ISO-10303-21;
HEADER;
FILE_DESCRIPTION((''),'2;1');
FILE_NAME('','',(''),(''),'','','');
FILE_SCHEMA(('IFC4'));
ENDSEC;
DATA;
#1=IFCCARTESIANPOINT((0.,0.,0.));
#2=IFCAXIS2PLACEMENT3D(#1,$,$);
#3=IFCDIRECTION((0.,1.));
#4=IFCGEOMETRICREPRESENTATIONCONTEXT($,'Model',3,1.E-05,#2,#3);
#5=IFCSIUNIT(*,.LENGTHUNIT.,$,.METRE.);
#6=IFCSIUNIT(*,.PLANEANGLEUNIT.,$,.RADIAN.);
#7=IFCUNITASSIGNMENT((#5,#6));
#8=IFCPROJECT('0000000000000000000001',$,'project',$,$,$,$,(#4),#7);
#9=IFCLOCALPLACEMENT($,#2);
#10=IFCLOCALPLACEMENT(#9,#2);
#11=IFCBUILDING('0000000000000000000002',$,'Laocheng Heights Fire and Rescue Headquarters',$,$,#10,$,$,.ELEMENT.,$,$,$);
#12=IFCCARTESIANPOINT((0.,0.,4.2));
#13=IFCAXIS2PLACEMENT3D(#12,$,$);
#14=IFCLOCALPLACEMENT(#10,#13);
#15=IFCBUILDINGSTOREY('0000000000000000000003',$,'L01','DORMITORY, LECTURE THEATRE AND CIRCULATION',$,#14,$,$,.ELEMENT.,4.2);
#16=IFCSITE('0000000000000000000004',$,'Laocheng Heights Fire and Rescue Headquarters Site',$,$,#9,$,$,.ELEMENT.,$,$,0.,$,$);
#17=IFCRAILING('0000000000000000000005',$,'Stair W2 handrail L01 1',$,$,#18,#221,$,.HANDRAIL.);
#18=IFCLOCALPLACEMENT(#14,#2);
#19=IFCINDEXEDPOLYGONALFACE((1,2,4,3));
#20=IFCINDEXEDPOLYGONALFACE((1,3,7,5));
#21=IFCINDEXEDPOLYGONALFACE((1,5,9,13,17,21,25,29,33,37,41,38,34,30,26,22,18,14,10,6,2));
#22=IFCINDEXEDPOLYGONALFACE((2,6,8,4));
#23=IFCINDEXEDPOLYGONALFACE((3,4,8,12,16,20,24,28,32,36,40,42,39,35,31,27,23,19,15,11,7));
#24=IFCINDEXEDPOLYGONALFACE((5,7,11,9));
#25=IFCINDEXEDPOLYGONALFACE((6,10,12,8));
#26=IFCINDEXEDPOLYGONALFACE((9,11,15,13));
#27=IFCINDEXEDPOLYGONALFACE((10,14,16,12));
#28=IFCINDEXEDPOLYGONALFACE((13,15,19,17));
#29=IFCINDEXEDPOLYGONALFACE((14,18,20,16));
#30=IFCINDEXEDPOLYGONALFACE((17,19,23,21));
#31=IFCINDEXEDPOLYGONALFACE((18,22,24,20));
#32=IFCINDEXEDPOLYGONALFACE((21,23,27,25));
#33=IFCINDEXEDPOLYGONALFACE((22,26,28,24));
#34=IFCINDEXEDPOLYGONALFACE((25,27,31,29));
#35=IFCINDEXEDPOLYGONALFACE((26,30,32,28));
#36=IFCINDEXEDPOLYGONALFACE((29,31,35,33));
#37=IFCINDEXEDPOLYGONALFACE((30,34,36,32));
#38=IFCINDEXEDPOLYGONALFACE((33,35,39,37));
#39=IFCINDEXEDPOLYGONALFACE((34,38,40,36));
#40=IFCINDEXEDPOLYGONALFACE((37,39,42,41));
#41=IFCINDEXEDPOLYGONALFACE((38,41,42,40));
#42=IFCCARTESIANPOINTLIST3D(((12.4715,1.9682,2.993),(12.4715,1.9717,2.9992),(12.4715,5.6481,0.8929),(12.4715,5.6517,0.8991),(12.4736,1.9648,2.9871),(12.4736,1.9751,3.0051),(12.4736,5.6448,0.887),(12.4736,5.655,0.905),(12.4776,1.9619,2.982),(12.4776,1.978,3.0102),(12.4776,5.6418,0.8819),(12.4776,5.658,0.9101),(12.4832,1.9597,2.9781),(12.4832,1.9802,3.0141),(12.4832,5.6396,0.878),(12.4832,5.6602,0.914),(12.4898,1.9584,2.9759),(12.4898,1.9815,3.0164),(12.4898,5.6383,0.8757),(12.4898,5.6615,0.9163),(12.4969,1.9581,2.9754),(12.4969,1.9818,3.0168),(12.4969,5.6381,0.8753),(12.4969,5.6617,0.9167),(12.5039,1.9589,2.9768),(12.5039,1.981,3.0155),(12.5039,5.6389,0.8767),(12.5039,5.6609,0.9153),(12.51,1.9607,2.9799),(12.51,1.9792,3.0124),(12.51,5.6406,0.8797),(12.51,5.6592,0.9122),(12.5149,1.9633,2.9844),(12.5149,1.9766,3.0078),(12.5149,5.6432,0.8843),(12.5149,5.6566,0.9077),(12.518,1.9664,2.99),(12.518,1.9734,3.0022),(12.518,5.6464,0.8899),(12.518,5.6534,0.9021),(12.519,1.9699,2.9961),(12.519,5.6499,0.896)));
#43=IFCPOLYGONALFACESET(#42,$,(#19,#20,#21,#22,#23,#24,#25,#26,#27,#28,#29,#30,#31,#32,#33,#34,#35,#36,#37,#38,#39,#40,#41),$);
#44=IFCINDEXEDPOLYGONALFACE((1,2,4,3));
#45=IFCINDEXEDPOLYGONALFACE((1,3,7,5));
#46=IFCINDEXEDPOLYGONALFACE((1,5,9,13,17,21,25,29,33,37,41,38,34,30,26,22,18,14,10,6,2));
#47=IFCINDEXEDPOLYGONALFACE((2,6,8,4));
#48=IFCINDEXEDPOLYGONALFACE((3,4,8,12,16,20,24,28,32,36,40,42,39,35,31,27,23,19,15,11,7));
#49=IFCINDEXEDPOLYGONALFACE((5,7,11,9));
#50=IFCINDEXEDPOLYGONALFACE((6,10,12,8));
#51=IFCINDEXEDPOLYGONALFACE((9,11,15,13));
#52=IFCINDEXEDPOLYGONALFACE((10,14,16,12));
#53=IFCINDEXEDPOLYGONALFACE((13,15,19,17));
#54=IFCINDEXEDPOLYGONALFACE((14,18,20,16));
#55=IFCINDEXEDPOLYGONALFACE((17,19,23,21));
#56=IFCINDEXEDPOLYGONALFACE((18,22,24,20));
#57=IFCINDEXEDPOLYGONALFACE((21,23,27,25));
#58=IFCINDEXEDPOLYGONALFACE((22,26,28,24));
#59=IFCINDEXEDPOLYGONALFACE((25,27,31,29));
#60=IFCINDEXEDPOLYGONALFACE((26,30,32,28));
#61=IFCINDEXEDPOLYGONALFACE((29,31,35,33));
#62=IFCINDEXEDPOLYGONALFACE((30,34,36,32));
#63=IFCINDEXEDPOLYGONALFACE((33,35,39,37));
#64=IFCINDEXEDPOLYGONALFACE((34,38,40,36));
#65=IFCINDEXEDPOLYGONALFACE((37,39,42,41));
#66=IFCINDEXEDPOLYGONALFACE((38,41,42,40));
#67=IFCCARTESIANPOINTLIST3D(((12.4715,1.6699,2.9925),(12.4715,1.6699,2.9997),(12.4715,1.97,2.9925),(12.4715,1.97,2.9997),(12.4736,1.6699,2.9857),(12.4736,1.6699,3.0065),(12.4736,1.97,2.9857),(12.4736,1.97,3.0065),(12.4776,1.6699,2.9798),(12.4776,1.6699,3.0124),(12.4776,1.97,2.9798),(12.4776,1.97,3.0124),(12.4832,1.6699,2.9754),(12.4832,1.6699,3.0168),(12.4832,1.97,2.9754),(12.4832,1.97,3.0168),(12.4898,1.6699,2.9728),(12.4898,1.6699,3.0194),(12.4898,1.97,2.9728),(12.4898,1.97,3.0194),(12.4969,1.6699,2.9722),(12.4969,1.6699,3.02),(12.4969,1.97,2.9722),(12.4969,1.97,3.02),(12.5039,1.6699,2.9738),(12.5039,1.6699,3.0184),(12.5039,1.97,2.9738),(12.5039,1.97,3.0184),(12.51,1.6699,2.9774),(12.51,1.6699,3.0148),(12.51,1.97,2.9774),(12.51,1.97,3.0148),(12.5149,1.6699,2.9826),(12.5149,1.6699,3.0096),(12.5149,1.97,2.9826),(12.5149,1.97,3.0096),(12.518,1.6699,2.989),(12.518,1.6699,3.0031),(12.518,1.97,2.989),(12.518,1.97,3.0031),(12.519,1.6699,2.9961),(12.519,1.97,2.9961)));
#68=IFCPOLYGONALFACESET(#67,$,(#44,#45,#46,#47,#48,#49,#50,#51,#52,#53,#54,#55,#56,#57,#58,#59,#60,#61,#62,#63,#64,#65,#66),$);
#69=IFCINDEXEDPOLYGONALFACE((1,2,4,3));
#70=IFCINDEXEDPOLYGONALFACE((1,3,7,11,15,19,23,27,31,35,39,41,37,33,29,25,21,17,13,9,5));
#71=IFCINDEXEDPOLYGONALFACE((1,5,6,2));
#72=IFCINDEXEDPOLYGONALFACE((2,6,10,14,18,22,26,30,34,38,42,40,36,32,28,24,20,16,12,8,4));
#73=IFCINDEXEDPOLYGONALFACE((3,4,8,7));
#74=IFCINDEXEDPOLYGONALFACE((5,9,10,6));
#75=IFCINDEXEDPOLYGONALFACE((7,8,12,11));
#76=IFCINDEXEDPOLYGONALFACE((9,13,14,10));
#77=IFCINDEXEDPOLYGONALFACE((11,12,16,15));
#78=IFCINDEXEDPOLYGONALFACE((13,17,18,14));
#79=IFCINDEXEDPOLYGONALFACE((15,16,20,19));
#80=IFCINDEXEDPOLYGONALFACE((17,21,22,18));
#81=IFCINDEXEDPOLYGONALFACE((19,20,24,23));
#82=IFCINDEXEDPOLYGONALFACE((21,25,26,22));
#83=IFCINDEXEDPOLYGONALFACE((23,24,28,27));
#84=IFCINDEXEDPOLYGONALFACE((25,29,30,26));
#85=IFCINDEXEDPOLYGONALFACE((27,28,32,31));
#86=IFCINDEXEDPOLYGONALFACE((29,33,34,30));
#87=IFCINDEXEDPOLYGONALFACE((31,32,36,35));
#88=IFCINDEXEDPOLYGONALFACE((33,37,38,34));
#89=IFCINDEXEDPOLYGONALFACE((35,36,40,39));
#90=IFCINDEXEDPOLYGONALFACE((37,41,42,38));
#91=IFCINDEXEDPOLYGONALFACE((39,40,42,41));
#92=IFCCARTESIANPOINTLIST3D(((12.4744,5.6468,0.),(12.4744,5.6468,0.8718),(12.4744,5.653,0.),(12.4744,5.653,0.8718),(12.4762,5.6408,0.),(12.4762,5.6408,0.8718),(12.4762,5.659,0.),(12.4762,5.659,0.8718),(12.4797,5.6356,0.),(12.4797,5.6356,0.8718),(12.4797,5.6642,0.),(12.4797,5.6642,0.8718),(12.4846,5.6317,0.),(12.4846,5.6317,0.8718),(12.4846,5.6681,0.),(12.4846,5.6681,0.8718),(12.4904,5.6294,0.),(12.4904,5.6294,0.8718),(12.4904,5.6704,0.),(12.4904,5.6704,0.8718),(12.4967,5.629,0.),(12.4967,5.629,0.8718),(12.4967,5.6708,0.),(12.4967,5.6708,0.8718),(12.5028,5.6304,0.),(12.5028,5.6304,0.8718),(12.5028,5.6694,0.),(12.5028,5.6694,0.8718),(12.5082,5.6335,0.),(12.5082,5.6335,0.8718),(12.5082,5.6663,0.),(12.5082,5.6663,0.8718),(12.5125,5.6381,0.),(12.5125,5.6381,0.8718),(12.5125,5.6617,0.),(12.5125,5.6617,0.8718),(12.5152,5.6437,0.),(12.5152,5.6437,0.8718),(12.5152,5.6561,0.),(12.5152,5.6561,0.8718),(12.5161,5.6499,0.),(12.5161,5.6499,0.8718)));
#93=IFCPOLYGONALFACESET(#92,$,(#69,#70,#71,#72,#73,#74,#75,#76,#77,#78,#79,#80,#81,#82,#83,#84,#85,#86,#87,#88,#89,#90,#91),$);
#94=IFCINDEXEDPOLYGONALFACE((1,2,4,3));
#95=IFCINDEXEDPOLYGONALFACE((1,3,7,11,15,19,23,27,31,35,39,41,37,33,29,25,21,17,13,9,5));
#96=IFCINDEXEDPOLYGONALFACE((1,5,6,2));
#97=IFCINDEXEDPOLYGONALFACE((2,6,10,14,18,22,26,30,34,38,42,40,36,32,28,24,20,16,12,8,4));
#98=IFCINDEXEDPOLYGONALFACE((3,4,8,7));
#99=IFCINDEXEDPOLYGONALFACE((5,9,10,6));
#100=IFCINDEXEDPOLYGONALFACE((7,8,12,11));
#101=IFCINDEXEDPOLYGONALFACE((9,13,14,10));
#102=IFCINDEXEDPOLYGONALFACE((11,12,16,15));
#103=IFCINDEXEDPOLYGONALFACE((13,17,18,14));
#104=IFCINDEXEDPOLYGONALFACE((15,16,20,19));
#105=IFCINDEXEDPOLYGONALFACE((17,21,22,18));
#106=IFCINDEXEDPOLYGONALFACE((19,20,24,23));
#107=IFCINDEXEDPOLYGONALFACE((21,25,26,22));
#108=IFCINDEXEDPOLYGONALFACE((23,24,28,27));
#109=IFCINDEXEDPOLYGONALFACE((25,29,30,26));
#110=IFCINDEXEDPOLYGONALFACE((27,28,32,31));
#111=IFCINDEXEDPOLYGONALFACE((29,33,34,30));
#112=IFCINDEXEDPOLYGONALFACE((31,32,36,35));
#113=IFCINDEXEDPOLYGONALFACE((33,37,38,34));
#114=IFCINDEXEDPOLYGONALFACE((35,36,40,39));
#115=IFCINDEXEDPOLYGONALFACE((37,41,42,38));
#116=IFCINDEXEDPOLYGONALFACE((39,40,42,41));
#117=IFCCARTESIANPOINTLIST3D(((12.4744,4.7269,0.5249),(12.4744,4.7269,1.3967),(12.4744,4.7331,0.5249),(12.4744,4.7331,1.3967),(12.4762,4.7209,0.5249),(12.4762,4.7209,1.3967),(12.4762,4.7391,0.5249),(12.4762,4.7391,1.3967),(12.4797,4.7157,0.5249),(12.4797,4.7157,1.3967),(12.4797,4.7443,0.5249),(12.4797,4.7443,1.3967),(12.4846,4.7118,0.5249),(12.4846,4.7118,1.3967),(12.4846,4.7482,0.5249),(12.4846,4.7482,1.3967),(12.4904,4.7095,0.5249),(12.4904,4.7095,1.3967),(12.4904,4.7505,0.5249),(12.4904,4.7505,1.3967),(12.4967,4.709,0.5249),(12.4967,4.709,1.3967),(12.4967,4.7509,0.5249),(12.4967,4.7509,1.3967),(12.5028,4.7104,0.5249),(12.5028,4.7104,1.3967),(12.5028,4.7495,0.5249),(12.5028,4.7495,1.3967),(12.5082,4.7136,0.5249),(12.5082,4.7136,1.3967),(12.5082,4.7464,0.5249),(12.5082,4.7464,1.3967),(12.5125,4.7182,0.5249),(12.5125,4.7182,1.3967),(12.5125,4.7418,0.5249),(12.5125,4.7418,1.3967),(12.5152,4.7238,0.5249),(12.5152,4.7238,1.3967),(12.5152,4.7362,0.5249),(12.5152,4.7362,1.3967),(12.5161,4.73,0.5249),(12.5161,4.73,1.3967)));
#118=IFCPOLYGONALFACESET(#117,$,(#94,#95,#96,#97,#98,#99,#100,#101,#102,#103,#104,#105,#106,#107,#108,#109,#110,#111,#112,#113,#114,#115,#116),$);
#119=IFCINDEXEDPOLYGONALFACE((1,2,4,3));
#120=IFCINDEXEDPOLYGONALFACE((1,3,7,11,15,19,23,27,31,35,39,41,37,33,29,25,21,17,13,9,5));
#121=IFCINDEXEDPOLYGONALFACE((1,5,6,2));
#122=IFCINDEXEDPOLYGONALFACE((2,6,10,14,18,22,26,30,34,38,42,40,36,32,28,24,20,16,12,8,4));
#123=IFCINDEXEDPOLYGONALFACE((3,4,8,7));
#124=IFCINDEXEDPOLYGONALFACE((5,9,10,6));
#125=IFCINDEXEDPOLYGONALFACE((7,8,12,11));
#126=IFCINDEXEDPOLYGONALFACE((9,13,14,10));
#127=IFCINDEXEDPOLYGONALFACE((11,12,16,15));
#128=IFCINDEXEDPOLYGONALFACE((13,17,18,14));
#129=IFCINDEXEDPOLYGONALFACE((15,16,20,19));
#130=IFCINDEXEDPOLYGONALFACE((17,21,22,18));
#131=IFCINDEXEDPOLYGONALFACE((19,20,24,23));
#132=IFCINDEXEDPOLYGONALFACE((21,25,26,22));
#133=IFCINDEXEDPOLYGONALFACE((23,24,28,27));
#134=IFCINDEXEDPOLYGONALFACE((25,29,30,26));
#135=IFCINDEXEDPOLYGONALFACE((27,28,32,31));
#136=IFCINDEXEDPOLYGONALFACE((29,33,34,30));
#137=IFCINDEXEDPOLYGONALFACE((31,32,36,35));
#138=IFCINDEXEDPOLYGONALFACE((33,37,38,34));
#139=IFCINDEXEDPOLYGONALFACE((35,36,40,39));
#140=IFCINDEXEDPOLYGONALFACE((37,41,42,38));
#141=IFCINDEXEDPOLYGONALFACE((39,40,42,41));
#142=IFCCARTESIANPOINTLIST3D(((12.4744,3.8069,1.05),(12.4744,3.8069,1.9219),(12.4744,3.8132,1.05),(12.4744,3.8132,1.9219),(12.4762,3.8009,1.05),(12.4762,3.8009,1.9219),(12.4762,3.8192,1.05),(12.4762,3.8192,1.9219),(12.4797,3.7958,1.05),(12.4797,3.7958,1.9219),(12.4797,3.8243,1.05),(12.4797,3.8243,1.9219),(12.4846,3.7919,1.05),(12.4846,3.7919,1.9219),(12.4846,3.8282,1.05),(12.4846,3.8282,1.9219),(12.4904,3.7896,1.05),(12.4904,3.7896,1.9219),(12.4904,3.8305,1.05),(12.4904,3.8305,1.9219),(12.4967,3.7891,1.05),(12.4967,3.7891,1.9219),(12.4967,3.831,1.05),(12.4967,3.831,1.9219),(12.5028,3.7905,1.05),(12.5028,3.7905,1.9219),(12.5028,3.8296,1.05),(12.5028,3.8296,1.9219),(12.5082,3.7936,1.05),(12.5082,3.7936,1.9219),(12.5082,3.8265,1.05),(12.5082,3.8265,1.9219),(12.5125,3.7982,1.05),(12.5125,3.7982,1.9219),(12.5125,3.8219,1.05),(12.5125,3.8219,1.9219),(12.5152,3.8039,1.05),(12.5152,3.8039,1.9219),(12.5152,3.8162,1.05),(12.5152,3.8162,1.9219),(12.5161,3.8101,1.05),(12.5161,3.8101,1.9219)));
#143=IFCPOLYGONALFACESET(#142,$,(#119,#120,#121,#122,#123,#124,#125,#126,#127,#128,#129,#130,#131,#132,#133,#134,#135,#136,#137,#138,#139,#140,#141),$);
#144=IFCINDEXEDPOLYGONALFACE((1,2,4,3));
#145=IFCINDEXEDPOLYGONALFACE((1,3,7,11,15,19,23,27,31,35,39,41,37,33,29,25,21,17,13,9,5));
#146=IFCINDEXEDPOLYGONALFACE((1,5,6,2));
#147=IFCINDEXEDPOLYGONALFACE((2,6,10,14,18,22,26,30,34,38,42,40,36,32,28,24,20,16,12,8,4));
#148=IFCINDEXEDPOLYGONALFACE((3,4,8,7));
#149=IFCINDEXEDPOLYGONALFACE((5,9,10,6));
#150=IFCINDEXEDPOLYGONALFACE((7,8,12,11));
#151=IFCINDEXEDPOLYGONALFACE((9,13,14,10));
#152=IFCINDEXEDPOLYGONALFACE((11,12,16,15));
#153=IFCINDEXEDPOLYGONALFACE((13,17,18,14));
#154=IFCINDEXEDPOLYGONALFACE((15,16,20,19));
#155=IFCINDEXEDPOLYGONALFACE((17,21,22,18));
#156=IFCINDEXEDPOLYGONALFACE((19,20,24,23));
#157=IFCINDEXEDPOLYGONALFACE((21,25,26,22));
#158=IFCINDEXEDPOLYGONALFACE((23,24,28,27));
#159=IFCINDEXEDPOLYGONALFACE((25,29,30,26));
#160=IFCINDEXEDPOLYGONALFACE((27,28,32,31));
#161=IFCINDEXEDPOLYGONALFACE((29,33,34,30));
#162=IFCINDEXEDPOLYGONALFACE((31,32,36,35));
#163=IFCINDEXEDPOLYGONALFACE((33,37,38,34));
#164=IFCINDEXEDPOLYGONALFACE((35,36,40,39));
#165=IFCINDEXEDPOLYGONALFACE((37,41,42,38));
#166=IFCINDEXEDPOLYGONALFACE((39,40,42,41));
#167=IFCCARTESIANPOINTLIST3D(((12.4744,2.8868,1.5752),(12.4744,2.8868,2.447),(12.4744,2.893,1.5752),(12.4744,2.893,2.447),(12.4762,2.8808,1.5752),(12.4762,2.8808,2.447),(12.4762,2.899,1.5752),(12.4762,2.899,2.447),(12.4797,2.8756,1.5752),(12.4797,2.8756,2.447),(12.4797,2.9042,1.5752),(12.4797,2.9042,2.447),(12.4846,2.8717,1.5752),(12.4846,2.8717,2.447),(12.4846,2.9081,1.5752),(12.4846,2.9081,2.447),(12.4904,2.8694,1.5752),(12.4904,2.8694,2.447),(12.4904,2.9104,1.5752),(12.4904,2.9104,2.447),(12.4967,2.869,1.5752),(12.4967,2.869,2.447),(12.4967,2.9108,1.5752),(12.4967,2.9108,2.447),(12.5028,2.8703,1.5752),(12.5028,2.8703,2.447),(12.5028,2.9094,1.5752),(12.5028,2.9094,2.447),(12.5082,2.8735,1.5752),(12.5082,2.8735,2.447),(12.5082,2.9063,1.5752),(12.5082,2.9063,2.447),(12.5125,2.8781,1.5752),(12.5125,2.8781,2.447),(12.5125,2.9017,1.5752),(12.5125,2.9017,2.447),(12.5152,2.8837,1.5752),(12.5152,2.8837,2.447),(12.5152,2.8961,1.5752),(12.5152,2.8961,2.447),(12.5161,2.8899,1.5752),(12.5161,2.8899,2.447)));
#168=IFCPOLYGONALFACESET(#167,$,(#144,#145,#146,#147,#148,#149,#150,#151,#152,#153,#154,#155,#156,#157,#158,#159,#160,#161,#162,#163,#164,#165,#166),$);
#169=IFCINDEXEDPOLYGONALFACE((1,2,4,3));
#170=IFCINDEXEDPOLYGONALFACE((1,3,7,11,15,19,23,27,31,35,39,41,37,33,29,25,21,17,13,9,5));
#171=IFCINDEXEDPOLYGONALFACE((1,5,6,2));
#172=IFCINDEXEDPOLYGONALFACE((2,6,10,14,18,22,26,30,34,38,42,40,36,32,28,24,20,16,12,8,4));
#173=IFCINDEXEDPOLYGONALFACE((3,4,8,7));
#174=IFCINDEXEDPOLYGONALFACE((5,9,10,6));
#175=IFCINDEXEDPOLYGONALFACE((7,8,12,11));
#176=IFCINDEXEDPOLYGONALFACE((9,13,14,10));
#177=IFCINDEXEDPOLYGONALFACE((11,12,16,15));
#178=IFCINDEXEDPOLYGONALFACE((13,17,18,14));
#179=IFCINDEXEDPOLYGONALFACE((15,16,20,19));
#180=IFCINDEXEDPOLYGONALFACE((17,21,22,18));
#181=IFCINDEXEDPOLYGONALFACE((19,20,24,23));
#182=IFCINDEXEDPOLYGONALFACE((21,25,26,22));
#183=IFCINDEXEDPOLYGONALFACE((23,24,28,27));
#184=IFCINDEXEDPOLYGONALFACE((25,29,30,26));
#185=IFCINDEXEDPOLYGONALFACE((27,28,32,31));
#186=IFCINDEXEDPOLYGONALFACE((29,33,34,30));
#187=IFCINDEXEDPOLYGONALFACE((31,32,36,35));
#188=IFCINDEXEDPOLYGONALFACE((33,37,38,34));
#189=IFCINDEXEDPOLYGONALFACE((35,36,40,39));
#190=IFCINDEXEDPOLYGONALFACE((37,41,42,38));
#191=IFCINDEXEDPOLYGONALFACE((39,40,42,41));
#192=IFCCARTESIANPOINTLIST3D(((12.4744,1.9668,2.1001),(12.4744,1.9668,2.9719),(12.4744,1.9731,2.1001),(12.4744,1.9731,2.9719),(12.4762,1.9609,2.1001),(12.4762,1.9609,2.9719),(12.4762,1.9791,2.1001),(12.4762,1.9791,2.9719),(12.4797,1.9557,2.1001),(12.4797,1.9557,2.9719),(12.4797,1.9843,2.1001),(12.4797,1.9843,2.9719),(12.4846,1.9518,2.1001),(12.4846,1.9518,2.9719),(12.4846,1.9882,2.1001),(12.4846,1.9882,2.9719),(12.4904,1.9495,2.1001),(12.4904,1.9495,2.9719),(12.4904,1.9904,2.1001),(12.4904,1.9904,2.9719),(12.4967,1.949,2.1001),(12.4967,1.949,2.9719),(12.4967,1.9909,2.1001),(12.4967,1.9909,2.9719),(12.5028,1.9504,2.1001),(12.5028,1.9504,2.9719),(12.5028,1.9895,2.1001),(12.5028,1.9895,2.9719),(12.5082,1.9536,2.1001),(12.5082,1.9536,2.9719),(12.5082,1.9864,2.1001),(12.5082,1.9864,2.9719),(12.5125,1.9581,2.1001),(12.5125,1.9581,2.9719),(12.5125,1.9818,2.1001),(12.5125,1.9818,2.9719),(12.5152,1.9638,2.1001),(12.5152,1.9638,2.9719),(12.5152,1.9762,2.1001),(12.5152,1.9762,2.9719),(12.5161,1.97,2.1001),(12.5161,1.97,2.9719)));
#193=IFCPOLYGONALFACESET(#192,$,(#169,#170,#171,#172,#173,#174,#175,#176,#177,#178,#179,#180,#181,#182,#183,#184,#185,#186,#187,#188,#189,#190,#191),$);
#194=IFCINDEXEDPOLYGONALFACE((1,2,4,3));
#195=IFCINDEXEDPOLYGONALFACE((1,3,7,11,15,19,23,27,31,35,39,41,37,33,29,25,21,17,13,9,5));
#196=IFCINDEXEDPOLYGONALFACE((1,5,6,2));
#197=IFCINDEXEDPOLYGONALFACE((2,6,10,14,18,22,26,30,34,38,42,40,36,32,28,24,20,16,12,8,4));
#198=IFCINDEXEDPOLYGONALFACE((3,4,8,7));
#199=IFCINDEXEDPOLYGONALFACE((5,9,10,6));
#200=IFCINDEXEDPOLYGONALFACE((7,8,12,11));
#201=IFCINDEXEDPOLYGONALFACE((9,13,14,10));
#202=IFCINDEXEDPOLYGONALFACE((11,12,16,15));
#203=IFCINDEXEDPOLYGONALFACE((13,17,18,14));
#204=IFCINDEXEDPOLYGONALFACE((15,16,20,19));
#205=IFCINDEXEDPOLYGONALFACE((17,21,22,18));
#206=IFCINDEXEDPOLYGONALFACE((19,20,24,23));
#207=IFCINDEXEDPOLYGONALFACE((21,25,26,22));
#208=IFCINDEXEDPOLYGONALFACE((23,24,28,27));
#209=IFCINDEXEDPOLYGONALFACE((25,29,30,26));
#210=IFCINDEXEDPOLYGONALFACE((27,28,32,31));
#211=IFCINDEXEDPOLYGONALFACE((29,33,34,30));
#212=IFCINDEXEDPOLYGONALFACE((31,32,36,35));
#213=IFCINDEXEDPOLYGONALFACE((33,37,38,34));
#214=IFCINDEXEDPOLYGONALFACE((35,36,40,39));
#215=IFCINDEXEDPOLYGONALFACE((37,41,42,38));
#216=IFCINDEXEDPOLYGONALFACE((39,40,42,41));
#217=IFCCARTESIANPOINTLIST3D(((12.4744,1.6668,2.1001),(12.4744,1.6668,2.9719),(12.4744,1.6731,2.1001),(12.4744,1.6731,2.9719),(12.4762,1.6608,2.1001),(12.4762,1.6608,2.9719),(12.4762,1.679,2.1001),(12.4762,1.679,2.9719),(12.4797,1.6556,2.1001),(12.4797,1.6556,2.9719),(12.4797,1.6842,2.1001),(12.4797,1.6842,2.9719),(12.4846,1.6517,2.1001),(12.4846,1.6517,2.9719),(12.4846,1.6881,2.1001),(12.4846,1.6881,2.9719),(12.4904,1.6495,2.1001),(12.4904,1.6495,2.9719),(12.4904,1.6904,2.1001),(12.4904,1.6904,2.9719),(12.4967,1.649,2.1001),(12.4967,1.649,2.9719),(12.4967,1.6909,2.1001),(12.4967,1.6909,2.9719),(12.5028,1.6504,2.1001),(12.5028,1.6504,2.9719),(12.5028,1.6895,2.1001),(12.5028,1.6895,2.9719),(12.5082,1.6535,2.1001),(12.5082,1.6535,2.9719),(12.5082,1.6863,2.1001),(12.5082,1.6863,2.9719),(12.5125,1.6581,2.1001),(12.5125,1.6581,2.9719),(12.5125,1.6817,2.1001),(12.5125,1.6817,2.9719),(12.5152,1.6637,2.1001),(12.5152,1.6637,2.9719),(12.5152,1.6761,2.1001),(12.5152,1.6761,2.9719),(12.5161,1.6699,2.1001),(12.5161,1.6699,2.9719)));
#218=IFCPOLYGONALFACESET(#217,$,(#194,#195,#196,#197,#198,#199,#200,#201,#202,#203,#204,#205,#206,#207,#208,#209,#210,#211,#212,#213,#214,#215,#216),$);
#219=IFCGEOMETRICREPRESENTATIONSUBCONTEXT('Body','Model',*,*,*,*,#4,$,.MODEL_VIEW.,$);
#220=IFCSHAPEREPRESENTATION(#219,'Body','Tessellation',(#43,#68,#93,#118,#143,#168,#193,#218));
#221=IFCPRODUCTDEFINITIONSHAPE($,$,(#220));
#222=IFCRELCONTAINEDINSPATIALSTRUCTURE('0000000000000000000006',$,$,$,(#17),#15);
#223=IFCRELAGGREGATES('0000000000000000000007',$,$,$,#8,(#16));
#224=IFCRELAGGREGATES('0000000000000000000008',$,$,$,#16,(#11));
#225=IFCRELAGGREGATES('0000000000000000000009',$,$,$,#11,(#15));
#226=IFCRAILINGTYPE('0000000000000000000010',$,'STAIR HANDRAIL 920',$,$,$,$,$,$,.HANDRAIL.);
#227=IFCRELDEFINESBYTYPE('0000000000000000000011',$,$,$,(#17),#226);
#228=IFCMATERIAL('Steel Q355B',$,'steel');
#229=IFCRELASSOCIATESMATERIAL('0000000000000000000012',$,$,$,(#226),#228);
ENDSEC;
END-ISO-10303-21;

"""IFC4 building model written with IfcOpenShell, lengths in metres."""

from ifc_helpers import new_model, si_unit, direction, frame, origin, origin_2d, place, context, subcontext, project, spatial, circle, extrude, material, type_object, element, save


model = new_model("IFC4")

# Units and contexts
model_context = context("Model", 3, precision=1e-05, world=origin(), true_north=direction((0.0, 1.0)))
body_context = subcontext(model_context, "Body", "Model", "MODEL_VIEW")
ifc_project = project(units=[si_unit("LENGTHUNIT", "METRE"), si_unit("PLANEANGLEUNIT", "RADIAN")], contexts=[model_context])

# Site, building, storey
site_placement = place(None, origin())
site = spatial("IfcSite", under=ifc_project, at=site_placement, Name="Laocheng Heights Fire and Rescue Headquarters Site", CompositionType="ELEMENT", RefElevation=0.0)
building_placement = place(site_placement, origin())
building = spatial("IfcBuilding", under=site, at=building_placement, Name="Laocheng Heights Fire and Rescue Headquarters", CompositionType="ELEMENT")
storey_placement = place(building_placement, frame((0.0, 0.0, 4.2)))
storey = spatial("IfcBuildingStorey", under=building, at=storey_placement, Name="L01", Description="DORMITORY, LECTURE THEATRE AND CIRCULATION", CompositionType="ELEMENT", Elevation=4.2)

# Railing
ifc_material_1 = material(Name="Steel Q355B", Category="steel")
railing_type = type_object("IfcRailingType", Name="STAIR HANDRAIL 920", PredefinedType="HANDRAIL", material=ifc_material_1)
railing_placement = place(storey_placement, frame((12.4951, 5.6499, 0.0)))
element("IfcRailing", 1, at=railing_placement, inside=storey, type_object=railing_type, Name="Stair W2 handrail L01 1", PredefinedType="HANDRAIL", context=body_context, shape_type="SweptSolid", body=[
    extrude(circle(Radius=0.0239, at=origin_2d()), frame((0.0, 0.0, 0.896), z_axis=(0.0, -0.86852, 0.495655), x_axis=(1.0, 0.0, 0.0)), (0.0, 0.0, 1.0), 4.2371),
    extrude(circle(Radius=0.0239, at=origin_2d()), frame((0.0, -3.6799, 2.9961), z_axis=(0.0, -1.0, 0.0), x_axis=(1.0, 0.0, 0.0)), (0.0, 0.0, 1.0), 0.3),
    extrude(circle(Radius=0.021, at=origin_2d()), origin(), (0.0, 0.0, 1.0), 0.8718),
    extrude(circle(Radius=0.021, at=origin_2d()), frame((0.0, -0.9199, 0.5249)), (0.0, 0.0, 1.0), 0.8718),
    extrude(circle(Radius=0.021, at=origin_2d()), frame((0.0, -1.8398, 1.05)), (0.0, 0.0, 1.0), 0.8718),
    extrude(circle(Radius=0.021, at=origin_2d()), frame((0.0, -2.76, 1.5752)), (0.0, 0.0, 1.0), 0.8718),
    extrude(circle(Radius=0.021, at=origin_2d()), frame((0.0, -3.6799, 2.1001)), (0.0, 0.0, 1.0), 0.8718),
    extrude(circle(Radius=0.021, at=origin_2d()), frame((0.0, -3.98, 2.1001)), (0.0, 0.0, 1.0), 0.8718),
])

save(model, "model.ifc")
